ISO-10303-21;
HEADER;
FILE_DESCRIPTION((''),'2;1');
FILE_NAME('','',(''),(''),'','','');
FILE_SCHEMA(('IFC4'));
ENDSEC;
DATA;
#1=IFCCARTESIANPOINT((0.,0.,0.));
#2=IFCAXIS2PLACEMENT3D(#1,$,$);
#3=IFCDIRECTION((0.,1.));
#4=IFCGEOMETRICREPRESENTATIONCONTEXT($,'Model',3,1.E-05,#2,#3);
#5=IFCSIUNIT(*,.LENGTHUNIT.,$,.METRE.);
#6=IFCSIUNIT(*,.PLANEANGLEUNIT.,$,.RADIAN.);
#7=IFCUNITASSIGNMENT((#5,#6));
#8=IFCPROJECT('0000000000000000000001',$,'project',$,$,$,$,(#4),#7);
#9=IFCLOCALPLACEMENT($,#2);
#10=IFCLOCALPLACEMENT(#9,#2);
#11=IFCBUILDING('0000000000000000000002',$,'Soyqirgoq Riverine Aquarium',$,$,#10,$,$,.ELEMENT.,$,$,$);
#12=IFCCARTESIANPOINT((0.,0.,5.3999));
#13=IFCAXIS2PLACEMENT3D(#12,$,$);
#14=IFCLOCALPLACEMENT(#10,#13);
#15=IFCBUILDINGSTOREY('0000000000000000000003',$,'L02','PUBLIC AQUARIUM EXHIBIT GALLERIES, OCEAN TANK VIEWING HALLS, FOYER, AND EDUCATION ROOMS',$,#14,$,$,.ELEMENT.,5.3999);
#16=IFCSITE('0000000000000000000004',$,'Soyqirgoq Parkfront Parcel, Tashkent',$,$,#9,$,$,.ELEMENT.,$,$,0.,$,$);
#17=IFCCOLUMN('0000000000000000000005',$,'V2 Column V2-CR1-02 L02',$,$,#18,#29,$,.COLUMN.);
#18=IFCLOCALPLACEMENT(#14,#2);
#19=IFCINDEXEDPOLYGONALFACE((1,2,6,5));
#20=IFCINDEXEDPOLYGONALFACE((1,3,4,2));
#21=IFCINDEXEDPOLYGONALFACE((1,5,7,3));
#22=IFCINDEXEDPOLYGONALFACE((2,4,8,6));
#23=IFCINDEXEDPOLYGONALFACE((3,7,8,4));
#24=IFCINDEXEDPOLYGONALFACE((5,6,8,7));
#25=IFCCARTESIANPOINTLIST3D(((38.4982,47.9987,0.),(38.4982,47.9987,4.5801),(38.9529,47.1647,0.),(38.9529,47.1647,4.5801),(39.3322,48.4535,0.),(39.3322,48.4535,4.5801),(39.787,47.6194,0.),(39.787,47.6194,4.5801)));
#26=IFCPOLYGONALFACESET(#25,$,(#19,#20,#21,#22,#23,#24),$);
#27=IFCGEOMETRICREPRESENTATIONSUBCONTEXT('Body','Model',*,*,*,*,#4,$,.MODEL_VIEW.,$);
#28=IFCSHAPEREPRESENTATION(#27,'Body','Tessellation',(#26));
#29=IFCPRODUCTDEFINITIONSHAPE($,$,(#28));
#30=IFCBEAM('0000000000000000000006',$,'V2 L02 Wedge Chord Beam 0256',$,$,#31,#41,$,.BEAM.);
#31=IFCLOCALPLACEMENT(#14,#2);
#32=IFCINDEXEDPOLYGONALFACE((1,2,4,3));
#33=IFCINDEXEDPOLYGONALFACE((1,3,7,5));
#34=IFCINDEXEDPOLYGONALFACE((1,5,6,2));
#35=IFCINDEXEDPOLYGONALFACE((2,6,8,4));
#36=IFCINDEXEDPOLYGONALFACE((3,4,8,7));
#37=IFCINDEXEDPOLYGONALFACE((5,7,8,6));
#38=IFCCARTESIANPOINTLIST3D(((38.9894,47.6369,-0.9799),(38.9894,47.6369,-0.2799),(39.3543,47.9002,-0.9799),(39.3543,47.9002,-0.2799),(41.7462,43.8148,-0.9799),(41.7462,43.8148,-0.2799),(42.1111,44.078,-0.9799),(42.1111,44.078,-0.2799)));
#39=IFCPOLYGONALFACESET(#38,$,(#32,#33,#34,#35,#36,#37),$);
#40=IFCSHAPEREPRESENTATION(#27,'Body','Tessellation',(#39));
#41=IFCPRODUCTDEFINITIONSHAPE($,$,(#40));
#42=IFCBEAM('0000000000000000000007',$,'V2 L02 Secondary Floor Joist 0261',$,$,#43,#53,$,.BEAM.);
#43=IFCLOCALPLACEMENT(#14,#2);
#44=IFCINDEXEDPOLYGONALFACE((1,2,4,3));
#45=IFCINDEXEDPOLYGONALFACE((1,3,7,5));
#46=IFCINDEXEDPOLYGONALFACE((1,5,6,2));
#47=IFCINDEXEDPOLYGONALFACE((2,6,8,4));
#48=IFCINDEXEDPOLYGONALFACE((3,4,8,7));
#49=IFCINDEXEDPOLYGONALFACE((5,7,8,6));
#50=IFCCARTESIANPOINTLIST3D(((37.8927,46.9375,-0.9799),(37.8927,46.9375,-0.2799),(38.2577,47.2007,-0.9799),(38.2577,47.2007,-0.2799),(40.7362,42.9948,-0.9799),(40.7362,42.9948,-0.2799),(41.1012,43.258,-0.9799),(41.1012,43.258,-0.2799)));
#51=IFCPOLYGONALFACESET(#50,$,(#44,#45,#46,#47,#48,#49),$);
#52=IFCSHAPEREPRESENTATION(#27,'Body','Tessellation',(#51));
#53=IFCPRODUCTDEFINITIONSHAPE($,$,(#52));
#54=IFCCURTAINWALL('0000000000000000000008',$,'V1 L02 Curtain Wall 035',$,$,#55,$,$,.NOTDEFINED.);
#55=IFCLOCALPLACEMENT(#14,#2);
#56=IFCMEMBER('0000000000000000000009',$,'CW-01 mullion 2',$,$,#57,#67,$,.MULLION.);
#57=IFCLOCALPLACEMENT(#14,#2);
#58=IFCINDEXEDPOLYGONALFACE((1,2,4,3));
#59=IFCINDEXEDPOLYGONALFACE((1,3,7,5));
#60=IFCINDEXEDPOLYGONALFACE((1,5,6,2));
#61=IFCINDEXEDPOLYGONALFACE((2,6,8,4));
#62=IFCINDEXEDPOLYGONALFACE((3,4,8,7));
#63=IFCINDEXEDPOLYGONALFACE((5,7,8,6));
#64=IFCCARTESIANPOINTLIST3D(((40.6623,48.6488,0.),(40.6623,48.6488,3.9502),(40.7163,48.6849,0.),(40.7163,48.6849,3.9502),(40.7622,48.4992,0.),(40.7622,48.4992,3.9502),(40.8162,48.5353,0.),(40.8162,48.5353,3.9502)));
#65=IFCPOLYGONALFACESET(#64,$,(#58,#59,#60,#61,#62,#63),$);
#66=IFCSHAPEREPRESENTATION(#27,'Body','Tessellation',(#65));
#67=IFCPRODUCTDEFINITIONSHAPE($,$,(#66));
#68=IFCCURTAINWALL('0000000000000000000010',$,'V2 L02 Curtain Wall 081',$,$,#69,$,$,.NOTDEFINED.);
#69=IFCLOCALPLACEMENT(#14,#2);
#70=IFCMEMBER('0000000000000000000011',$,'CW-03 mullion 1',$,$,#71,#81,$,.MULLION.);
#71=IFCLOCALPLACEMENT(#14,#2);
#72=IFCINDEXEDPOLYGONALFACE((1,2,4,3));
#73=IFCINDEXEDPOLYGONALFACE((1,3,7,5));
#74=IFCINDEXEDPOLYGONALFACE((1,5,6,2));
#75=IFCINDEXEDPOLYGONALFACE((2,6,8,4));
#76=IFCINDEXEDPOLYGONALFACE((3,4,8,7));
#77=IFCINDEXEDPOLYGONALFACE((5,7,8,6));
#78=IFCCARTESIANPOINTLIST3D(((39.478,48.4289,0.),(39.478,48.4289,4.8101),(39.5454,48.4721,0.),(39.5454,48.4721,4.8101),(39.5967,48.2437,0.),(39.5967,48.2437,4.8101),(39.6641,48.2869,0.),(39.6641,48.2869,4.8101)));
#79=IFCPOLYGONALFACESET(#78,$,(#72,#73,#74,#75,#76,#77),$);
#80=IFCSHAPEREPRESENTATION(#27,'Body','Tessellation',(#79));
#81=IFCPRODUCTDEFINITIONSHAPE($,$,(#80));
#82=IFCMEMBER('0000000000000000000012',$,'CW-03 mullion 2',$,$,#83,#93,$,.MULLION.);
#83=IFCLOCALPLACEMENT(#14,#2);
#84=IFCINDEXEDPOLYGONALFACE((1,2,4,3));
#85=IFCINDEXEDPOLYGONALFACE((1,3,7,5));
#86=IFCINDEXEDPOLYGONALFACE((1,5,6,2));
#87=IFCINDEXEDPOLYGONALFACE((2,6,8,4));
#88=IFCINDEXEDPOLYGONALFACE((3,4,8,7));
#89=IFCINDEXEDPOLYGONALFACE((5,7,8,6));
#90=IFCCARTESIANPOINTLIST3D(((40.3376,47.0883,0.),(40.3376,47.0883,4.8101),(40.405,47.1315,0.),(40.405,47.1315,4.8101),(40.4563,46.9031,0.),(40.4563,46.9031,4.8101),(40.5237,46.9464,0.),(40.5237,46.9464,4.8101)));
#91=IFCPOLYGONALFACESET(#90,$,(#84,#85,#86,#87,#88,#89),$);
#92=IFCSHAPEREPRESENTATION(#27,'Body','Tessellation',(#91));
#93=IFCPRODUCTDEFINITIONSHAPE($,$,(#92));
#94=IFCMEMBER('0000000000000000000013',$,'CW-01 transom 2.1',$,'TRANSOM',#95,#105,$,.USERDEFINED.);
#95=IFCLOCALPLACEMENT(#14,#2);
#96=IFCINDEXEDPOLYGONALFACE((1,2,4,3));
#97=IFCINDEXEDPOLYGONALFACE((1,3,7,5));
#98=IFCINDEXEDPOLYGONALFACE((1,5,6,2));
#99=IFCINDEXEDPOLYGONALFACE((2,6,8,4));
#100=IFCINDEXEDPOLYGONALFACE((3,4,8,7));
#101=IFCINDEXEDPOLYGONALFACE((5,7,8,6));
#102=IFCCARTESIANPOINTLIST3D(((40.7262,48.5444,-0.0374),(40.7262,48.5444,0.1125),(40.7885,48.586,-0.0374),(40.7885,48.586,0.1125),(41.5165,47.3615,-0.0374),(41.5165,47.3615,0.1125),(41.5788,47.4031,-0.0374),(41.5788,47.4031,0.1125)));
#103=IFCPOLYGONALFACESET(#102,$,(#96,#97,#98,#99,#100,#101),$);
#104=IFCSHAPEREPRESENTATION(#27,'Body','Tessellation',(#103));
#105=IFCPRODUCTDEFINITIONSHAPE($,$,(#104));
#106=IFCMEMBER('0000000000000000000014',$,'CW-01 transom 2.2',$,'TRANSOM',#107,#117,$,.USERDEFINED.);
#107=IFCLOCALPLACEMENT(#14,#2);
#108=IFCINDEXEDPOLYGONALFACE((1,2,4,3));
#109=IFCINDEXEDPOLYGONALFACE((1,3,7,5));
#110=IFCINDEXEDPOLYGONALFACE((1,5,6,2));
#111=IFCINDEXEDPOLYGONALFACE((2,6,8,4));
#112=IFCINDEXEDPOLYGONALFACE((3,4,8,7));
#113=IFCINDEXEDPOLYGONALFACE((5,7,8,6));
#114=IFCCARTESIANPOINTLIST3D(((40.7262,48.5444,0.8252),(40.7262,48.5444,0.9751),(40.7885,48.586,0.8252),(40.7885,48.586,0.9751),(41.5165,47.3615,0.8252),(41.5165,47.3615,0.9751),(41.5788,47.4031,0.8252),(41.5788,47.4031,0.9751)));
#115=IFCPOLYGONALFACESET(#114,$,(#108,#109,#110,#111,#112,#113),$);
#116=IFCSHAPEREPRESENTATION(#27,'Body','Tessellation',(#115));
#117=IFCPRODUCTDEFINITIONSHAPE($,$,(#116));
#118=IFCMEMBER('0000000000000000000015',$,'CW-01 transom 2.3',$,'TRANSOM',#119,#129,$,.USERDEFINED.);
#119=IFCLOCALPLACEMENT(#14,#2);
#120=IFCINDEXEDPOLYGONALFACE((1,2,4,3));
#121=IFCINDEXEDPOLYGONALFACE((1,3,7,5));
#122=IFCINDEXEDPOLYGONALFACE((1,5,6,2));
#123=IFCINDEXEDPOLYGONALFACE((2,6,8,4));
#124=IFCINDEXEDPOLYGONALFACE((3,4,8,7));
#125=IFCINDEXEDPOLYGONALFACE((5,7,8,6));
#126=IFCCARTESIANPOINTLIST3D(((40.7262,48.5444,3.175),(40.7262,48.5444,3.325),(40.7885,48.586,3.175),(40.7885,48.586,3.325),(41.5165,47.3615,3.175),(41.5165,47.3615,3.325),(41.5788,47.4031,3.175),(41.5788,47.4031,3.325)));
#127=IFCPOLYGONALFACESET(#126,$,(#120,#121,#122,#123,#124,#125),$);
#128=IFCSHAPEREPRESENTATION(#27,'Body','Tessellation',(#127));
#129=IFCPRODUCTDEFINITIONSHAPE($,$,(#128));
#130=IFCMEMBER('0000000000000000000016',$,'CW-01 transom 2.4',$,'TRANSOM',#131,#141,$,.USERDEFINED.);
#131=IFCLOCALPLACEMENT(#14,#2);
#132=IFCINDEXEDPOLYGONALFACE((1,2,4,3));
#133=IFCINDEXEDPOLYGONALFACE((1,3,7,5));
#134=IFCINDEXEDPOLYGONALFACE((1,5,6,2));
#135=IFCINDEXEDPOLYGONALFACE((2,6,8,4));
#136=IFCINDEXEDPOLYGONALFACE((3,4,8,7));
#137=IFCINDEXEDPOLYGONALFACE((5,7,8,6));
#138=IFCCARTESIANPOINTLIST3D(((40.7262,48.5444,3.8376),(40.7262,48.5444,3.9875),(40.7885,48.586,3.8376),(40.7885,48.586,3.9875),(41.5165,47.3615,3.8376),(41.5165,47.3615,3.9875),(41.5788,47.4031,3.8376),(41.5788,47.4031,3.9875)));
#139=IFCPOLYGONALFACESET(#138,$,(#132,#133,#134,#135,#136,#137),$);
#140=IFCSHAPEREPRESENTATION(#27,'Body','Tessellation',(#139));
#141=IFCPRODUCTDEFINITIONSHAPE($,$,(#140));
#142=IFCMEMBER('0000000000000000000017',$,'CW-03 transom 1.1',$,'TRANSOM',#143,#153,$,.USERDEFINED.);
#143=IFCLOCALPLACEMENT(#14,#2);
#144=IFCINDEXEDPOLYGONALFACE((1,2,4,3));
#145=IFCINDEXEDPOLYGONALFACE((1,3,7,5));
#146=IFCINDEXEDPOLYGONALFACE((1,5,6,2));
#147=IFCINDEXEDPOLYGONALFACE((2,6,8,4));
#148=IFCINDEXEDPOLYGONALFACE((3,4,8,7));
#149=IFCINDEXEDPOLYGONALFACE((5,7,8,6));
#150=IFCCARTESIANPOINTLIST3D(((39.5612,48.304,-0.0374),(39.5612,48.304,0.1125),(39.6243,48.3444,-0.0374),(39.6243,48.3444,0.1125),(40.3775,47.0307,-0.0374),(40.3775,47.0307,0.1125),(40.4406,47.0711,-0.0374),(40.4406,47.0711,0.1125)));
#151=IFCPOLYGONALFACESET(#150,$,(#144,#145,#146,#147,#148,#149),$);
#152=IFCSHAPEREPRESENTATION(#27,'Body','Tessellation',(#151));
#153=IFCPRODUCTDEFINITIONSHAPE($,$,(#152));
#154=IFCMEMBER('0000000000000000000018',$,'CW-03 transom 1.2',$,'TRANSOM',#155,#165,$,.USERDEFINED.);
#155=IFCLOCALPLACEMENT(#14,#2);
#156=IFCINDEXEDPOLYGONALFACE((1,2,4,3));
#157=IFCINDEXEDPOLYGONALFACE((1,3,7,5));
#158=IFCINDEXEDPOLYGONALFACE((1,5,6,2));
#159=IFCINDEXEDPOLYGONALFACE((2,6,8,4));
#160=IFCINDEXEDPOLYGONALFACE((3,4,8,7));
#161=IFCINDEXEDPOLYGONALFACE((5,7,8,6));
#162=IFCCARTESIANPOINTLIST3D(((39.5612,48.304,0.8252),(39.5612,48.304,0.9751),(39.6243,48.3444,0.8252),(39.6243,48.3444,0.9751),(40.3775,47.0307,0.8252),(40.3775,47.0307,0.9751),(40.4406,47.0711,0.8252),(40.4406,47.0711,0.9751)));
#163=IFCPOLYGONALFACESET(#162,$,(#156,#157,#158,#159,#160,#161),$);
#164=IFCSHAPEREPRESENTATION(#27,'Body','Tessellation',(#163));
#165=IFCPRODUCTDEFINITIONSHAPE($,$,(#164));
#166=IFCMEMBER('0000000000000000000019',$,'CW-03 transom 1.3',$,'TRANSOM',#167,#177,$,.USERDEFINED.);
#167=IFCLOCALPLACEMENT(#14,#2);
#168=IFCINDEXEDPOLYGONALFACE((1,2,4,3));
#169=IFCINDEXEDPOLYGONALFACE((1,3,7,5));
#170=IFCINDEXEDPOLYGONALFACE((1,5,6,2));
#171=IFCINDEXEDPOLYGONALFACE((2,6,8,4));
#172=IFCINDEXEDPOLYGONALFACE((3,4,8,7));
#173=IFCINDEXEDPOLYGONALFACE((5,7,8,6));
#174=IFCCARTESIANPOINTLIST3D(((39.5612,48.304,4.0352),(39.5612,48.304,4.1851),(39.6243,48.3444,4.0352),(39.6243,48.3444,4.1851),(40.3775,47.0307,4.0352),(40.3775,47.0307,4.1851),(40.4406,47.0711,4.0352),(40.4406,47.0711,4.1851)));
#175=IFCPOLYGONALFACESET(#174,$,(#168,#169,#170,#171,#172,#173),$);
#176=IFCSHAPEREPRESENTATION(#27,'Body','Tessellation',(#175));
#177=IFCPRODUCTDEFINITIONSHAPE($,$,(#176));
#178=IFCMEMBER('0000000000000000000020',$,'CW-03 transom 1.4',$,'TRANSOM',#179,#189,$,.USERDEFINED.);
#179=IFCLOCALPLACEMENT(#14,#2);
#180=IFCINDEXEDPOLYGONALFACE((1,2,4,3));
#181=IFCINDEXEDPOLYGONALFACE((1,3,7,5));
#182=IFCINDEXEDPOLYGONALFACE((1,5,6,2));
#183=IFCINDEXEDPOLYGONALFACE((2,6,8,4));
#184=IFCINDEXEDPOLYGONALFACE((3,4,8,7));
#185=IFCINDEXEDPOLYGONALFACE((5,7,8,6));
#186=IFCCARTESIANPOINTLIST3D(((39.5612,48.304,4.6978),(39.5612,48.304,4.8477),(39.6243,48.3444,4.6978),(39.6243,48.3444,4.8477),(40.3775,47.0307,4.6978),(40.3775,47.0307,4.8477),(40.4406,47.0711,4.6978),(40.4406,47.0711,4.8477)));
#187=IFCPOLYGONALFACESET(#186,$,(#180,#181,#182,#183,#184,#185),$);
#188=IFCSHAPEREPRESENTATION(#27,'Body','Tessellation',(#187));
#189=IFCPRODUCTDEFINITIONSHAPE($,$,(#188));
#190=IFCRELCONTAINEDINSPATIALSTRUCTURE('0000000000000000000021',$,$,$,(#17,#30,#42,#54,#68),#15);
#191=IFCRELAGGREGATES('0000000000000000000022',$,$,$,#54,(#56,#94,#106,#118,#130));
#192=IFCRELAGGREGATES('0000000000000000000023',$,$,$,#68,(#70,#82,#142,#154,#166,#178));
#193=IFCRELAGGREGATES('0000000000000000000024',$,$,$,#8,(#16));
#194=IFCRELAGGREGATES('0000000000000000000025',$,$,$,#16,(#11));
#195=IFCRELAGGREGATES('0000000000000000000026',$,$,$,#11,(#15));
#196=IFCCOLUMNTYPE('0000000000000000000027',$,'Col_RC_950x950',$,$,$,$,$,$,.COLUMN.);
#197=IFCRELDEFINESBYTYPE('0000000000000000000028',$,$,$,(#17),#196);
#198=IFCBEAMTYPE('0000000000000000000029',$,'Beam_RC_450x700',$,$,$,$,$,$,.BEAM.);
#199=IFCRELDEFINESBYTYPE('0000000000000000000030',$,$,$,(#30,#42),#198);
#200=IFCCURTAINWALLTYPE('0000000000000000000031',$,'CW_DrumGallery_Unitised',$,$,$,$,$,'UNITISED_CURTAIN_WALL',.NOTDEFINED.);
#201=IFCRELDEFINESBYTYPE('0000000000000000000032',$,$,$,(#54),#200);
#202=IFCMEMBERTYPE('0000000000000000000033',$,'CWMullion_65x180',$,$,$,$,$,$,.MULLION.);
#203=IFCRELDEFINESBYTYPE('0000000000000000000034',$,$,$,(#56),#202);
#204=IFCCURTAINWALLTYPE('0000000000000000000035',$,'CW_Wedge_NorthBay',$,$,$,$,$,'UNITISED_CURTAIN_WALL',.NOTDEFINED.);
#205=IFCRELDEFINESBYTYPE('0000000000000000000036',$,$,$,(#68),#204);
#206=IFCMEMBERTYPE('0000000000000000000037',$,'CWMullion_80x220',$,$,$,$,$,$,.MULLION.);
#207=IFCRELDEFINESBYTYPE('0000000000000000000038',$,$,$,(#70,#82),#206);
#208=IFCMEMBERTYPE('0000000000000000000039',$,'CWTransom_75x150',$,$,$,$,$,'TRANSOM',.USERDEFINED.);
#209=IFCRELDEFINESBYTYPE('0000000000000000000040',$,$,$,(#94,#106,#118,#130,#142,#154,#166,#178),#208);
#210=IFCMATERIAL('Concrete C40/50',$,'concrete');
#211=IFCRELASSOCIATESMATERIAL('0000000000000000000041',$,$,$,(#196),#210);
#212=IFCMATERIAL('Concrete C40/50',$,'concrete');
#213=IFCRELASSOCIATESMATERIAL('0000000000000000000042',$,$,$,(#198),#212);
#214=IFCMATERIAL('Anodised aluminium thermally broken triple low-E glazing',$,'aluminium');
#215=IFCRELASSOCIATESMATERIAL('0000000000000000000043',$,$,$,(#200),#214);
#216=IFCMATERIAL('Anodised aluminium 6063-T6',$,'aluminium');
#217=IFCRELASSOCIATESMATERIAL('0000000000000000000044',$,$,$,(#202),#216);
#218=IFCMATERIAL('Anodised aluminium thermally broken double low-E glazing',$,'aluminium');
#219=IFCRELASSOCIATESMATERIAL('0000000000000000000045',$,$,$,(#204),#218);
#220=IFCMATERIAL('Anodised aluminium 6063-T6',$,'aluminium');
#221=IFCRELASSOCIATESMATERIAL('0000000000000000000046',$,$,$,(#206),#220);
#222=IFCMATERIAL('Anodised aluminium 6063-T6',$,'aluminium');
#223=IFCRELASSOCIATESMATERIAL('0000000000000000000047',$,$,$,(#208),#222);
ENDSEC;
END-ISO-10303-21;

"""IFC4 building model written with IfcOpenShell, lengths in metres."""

from ifc_helpers import new_model, si_unit, direction, frame, origin, origin_2d, place, context, subcontext, project, spatial, rectangle, extrude, material, material_profile, profile_set, type_object, element, aggregate, save


model = new_model("IFC4")

# Units and contexts
model_context = context("Model", 3, precision=1e-05, world=origin(), true_north=direction((0.0, 1.0)))
body_context = subcontext(model_context, "Body", "Model", "MODEL_VIEW")
ifc_project = project(units=[si_unit("LENGTHUNIT", "METRE"), si_unit("PLANEANGLEUNIT", "RADIAN")], contexts=[model_context])

# Site, building, storey
site_placement = place(None, origin())
site = spatial("IfcSite", under=ifc_project, at=site_placement, Name="Soyqirgoq Parkfront Parcel, Tashkent", CompositionType="ELEMENT", RefElevation=0.0)
building_placement = place(site_placement, origin())
building = spatial("IfcBuilding", under=site, at=building_placement, Name="Soyqirgoq Riverine Aquarium", CompositionType="ELEMENT")
storey_placement = place(building_placement, frame((0.0, 0.0, 5.3999)))
storey = spatial("IfcBuildingStorey", under=building, at=storey_placement, Name="L02", Description="PUBLIC AQUARIUM EXHIBIT GALLERIES, OCEAN TANK VIEWING HALLS, FOYER, AND EDUCATION ROOMS", CompositionType="ELEMENT", Elevation=5.3999)

# Column
ifc_material_1 = material(Name="Concrete C40/50", Category="concrete")
ifc_material_profile_1 = material_profile(ifc_material_1, rectangle(XDim=0.95, YDim=0.95, at=origin_2d()), Name="RC 950x950")
ifc_profile_set_1 = profile_set([ifc_material_profile_1], Name="Concrete C40/50")
column_type = type_object("IfcColumnType", Name="Col_RC_950x950", PredefinedType="COLUMN", material=ifc_profile_set_1)
column_placement = place(storey_placement, frame((39.1426, 47.8091, 0.0), z_axis=(0.0, 0.0, 1.0), x_axis=(-0.877983, -0.478692, 0.0)))
element("IfcColumn", 1, at=column_placement, inside=storey, type_object=column_type, Name="V2 Column V2-CR1-02 L02", PredefinedType="COLUMN", context=body_context, shape_type="SweptSolid", body=[
    extrude(rectangle(XDim=0.95, YDim=0.95, at=origin_2d()), origin(), (0.0, 0.0, 1.0), 4.5801),
])

# Beams
ifc_material_2 = material(Name="Concrete C40/50", Category="concrete")
ifc_material_profile_2 = material_profile(ifc_material_2, rectangle(XDim=0.45, YDim=0.7, at=origin_2d()), Name="RC 450x700")
ifc_profile_set_2 = profile_set([ifc_material_profile_2], Name="Concrete C40/50")
beam_type_1 = type_object("IfcBeamType", Name="Beam_RC_450x700", PredefinedType="BEAM", material=ifc_profile_set_2)
beam_1_placement = place(storey_placement, frame((39.1719, 47.7686, -0.6299), z_axis=(0.584976, -0.811051, 0.0), x_axis=(0.811051, 0.584976, 0.0)))
element("IfcBeam", 2, at=beam_1_placement, inside=storey, type_object=beam_type_1, Name="V2 L02 Wedge Chord Beam 0256", PredefinedType="BEAM", context=body_context, shape_type="SweptSolid", body=[
    extrude(rectangle(XDim=0.45, YDim=0.7, at=origin_2d()), origin(), (0.0, 0.0, 1.0), 4.7126),
])
beam_2_placement = place(storey_placement, frame((38.0752, 47.0691, -0.6299), z_axis=(0.584957, -0.811064, 0.0), x_axis=(0.811064, 0.584957, 0.0)))
element("IfcBeam", 3, at=beam_2_placement, inside=storey, type_object=beam_type_1, Name="V2 L02 Secondary Floor Joist 0261", PredefinedType="BEAM", context=body_context, shape_type="SweptSolid", body=[
    extrude(rectangle(XDim=0.45, YDim=0.7, at=origin_2d()), origin(), (0.0, 0.0, 1.0), 4.8611),
])

# Curtain wall, member
ifc_material_3 = material(Name="Anodised aluminium thermally broken triple low-E glazing", Category="aluminium")
curtain_wall_type_1 = type_object("IfcCurtainWallType", Name="CW_DrumGallery_Unitised", ElementType="UNITISED_CURTAIN_WALL", PredefinedType="NOTDEFINED", material=ifc_material_3)
curtain_wall_1_placement = place(storey_placement, origin())
curtain_wall_1 = element("IfcCurtainWall", 4, at=curtain_wall_1_placement, inside=storey, type_object=curtain_wall_type_1, Name="V1 L02 Curtain Wall 035", PredefinedType="NOTDEFINED")
ifc_material_4 = material(Name="Anodised aluminium 6063-T6", Category="aluminium")
ifc_material_profile_3 = material_profile(ifc_material_4, rectangle(XDim=0.0649, YDim=0.1799, at=origin_2d()), Name="ALU-M 65x180")
ifc_profile_set_3 = profile_set([ifc_material_profile_3], Name="Anodised aluminium 6063-T6")
member_type_1 = type_object("IfcMemberType", Name="CWMullion_65x180", PredefinedType="MULLION", material=ifc_profile_set_3)
member_1_placement = place(storey_placement, frame((40.7393, 48.592, 0.0), z_axis=(0.0, 0.0, 1.0), x_axis=(0.831473, 0.555565, 0.0)))
member_1 = element("IfcMember", 5, at=member_1_placement, type_object=member_type_1, Name="CW-01 mullion 2", PredefinedType="MULLION", context=body_context, shape_type="SweptSolid", body=[
    extrude(rectangle(XDim=0.0649, YDim=0.1799, at=origin_2d()), origin(), (0.0, 0.0, 1.0), 3.9502),
])

# Curtain wall, members
ifc_material_5 = material(Name="Anodised aluminium thermally broken double low-E glazing", Category="aluminium")
curtain_wall_type_2 = type_object("IfcCurtainWallType", Name="CW_Wedge_NorthBay", ElementType="UNITISED_CURTAIN_WALL", PredefinedType="NOTDEFINED", material=ifc_material_5)
curtain_wall_2_placement = place(storey_placement, origin())
curtain_wall_2 = element("IfcCurtainWall", 6, at=curtain_wall_2_placement, inside=storey, type_object=curtain_wall_type_2, Name="V2 L02 Curtain Wall 081", PredefinedType="NOTDEFINED")
ifc_material_6 = material(Name="Anodised aluminium 6063-T6", Category="aluminium")
ifc_material_profile_4 = material_profile(ifc_material_6, rectangle(XDim=0.0801, YDim=0.22, at=origin_2d()), Name="ALU-M 80x220")
ifc_profile_set_4 = profile_set([ifc_material_profile_4], Name="Anodised aluminium 6063-T6")
member_type_2 = type_object("IfcMemberType", Name="CWMullion_80x220", PredefinedType="MULLION", material=ifc_profile_set_4)
member_2_placement = place(storey_placement, frame((39.571, 48.3579, 0.0), z_axis=(0.0, 0.0, 1.0), x_axis=(0.841819, 0.53976, 0.0)))
member_2 = element("IfcMember", 7, at=member_2_placement, type_object=member_type_2, Name="CW-03 mullion 1", PredefinedType="MULLION", context=body_context, shape_type="SweptSolid", body=[
    extrude(rectangle(XDim=0.0801, YDim=0.22, at=origin_2d()), origin(), (0.0, 0.0, 1.0), 4.8101),
])
member_3_placement = place(storey_placement, frame((40.4307, 47.0173, 0.0), z_axis=(0.0, 0.0, 1.0), x_axis=(0.841819, 0.53976, 0.0)))
member_3 = element("IfcMember", 8, at=member_3_placement, type_object=member_type_2, Name="CW-03 mullion 2", PredefinedType="MULLION", context=body_context, shape_type="SweptSolid", body=[
    extrude(rectangle(XDim=0.0801, YDim=0.22, at=origin_2d()), origin(), (0.0, 0.0, 1.0), 4.8101),
])

# Members
ifc_material_7 = material(Name="Anodised aluminium 6063-T6", Category="aluminium")
ifc_material_profile_5 = material_profile(ifc_material_7, rectangle(XDim=0.075, YDim=0.1499, at=origin_2d()), Name="ALU-T 75x150")
ifc_profile_set_5 = profile_set([ifc_material_profile_5], Name="Anodised aluminium 6063-T6")
member_type_3 = type_object("IfcMemberType", Name="CWTransom_75x150", ElementType="TRANSOM", PredefinedType="USERDEFINED", material=ifc_profile_set_5)
member_4_placement = place(storey_placement, frame((40.7573, 48.5652, 0.0376), z_axis=(0.555532, -0.831495, 0.0), x_axis=(0.831495, 0.555532, 0.0)))
member_4 = element("IfcMember", 9, at=member_4_placement, type_object=member_type_3, Name="CW-01 transom 2.1", ObjectType="TRANSOM", PredefinedType="USERDEFINED", context=body_context, shape_type="SweptSolid", body=[
    extrude(rectangle(XDim=0.075, YDim=0.1499, at=origin_2d()), origin(), (0.0, 0.0, 1.0), 1.4226),
])
member_5_placement = place(storey_placement, frame((40.7573, 48.5652, 0.9001), z_axis=(0.555532, -0.831495, 0.0), x_axis=(0.831495, 0.555532, 0.0)))
member_5 = element("IfcMember", 10, at=member_5_placement, type_object=member_type_3, Name="CW-01 transom 2.2", ObjectType="TRANSOM", PredefinedType="USERDEFINED", context=body_context, shape_type="SweptSolid", body=[
    extrude(rectangle(XDim=0.075, YDim=0.1499, at=origin_2d()), origin(), (0.0, 0.0, 1.0), 1.4226),
])
member_6_placement = place(storey_placement, frame((40.7573, 48.5652, 3.25), z_axis=(0.555532, -0.831495, 0.0), x_axis=(0.831495, 0.555532, 0.0)))
member_6 = element("IfcMember", 11, at=member_6_placement, type_object=member_type_3, Name="CW-01 transom 2.3", ObjectType="TRANSOM", PredefinedType="USERDEFINED", context=body_context, shape_type="SweptSolid", body=[
    extrude(rectangle(XDim=0.075, YDim=0.1499, at=origin_2d()), origin(), (0.0, 0.0, 1.0), 1.4226),
])
member_7_placement = place(storey_placement, frame((40.7573, 48.5652, 3.9126), z_axis=(0.555532, -0.831495, 0.0), x_axis=(0.831495, 0.555532, 0.0)))
member_7 = element("IfcMember", 12, at=member_7_placement, type_object=member_type_3, Name="CW-01 transom 2.4", ObjectType="TRANSOM", PredefinedType="USERDEFINED", context=body_context, shape_type="SweptSolid", body=[
    extrude(rectangle(XDim=0.075, YDim=0.1499, at=origin_2d()), origin(), (0.0, 0.0, 1.0), 1.4226),
])
member_8_placement = place(storey_placement, frame((39.5928, 48.3242, 0.0376), z_axis=(0.539672, -0.841875, 0.0), x_axis=(0.841875, 0.539672, 0.0)))
member_8 = element("IfcMember", 13, at=member_8_placement, type_object=member_type_3, Name="CW-03 transom 1.1", ObjectType="TRANSOM", PredefinedType="USERDEFINED", context=body_context, shape_type="SweptSolid", body=[
    extrude(rectangle(XDim=0.075, YDim=0.1499, at=origin_2d()), origin(), (0.0, 0.0, 1.0), 1.5125),
])
member_9_placement = place(storey_placement, frame((39.5928, 48.3242, 0.9001), z_axis=(0.539672, -0.841875, 0.0), x_axis=(0.841875, 0.539672, 0.0)))
member_9 = element("IfcMember", 14, at=member_9_placement, type_object=member_type_3, Name="CW-03 transom 1.2", ObjectType="TRANSOM", PredefinedType="USERDEFINED", context=body_context, shape_type="SweptSolid", body=[
    extrude(rectangle(XDim=0.075, YDim=0.1499, at=origin_2d()), origin(), (0.0, 0.0, 1.0), 1.5125),
])
member_10_placement = place(storey_placement, frame((39.5928, 48.3242, 4.1101), z_axis=(0.539672, -0.841875, 0.0), x_axis=(0.841875, 0.539672, 0.0)))
member_10 = element("IfcMember", 15, at=member_10_placement, type_object=member_type_3, Name="CW-03 transom 1.3", ObjectType="TRANSOM", PredefinedType="USERDEFINED", context=body_context, shape_type="SweptSolid", body=[
    extrude(rectangle(XDim=0.075, YDim=0.1499, at=origin_2d()), origin(), (0.0, 0.0, 1.0), 1.5125),
])
member_11_placement = place(storey_placement, frame((39.5928, 48.3242, 4.7727), z_axis=(0.539672, -0.841875, 0.0), x_axis=(0.841875, 0.539672, 0.0)))
member_11 = element("IfcMember", 16, at=member_11_placement, type_object=member_type_3, Name="CW-03 transom 1.4", ObjectType="TRANSOM", PredefinedType="USERDEFINED", context=body_context, shape_type="SweptSolid", body=[
    extrude(rectangle(XDim=0.075, YDim=0.1499, at=origin_2d()), origin(), (0.0, 0.0, 1.0), 1.5125),
])

aggregate(curtain_wall_1, [member_1, member_4, member_5, member_6, member_7])
aggregate(curtain_wall_2, [member_2, member_3, member_8, member_9, member_10, member_11])

save(model, "model.ifc")
